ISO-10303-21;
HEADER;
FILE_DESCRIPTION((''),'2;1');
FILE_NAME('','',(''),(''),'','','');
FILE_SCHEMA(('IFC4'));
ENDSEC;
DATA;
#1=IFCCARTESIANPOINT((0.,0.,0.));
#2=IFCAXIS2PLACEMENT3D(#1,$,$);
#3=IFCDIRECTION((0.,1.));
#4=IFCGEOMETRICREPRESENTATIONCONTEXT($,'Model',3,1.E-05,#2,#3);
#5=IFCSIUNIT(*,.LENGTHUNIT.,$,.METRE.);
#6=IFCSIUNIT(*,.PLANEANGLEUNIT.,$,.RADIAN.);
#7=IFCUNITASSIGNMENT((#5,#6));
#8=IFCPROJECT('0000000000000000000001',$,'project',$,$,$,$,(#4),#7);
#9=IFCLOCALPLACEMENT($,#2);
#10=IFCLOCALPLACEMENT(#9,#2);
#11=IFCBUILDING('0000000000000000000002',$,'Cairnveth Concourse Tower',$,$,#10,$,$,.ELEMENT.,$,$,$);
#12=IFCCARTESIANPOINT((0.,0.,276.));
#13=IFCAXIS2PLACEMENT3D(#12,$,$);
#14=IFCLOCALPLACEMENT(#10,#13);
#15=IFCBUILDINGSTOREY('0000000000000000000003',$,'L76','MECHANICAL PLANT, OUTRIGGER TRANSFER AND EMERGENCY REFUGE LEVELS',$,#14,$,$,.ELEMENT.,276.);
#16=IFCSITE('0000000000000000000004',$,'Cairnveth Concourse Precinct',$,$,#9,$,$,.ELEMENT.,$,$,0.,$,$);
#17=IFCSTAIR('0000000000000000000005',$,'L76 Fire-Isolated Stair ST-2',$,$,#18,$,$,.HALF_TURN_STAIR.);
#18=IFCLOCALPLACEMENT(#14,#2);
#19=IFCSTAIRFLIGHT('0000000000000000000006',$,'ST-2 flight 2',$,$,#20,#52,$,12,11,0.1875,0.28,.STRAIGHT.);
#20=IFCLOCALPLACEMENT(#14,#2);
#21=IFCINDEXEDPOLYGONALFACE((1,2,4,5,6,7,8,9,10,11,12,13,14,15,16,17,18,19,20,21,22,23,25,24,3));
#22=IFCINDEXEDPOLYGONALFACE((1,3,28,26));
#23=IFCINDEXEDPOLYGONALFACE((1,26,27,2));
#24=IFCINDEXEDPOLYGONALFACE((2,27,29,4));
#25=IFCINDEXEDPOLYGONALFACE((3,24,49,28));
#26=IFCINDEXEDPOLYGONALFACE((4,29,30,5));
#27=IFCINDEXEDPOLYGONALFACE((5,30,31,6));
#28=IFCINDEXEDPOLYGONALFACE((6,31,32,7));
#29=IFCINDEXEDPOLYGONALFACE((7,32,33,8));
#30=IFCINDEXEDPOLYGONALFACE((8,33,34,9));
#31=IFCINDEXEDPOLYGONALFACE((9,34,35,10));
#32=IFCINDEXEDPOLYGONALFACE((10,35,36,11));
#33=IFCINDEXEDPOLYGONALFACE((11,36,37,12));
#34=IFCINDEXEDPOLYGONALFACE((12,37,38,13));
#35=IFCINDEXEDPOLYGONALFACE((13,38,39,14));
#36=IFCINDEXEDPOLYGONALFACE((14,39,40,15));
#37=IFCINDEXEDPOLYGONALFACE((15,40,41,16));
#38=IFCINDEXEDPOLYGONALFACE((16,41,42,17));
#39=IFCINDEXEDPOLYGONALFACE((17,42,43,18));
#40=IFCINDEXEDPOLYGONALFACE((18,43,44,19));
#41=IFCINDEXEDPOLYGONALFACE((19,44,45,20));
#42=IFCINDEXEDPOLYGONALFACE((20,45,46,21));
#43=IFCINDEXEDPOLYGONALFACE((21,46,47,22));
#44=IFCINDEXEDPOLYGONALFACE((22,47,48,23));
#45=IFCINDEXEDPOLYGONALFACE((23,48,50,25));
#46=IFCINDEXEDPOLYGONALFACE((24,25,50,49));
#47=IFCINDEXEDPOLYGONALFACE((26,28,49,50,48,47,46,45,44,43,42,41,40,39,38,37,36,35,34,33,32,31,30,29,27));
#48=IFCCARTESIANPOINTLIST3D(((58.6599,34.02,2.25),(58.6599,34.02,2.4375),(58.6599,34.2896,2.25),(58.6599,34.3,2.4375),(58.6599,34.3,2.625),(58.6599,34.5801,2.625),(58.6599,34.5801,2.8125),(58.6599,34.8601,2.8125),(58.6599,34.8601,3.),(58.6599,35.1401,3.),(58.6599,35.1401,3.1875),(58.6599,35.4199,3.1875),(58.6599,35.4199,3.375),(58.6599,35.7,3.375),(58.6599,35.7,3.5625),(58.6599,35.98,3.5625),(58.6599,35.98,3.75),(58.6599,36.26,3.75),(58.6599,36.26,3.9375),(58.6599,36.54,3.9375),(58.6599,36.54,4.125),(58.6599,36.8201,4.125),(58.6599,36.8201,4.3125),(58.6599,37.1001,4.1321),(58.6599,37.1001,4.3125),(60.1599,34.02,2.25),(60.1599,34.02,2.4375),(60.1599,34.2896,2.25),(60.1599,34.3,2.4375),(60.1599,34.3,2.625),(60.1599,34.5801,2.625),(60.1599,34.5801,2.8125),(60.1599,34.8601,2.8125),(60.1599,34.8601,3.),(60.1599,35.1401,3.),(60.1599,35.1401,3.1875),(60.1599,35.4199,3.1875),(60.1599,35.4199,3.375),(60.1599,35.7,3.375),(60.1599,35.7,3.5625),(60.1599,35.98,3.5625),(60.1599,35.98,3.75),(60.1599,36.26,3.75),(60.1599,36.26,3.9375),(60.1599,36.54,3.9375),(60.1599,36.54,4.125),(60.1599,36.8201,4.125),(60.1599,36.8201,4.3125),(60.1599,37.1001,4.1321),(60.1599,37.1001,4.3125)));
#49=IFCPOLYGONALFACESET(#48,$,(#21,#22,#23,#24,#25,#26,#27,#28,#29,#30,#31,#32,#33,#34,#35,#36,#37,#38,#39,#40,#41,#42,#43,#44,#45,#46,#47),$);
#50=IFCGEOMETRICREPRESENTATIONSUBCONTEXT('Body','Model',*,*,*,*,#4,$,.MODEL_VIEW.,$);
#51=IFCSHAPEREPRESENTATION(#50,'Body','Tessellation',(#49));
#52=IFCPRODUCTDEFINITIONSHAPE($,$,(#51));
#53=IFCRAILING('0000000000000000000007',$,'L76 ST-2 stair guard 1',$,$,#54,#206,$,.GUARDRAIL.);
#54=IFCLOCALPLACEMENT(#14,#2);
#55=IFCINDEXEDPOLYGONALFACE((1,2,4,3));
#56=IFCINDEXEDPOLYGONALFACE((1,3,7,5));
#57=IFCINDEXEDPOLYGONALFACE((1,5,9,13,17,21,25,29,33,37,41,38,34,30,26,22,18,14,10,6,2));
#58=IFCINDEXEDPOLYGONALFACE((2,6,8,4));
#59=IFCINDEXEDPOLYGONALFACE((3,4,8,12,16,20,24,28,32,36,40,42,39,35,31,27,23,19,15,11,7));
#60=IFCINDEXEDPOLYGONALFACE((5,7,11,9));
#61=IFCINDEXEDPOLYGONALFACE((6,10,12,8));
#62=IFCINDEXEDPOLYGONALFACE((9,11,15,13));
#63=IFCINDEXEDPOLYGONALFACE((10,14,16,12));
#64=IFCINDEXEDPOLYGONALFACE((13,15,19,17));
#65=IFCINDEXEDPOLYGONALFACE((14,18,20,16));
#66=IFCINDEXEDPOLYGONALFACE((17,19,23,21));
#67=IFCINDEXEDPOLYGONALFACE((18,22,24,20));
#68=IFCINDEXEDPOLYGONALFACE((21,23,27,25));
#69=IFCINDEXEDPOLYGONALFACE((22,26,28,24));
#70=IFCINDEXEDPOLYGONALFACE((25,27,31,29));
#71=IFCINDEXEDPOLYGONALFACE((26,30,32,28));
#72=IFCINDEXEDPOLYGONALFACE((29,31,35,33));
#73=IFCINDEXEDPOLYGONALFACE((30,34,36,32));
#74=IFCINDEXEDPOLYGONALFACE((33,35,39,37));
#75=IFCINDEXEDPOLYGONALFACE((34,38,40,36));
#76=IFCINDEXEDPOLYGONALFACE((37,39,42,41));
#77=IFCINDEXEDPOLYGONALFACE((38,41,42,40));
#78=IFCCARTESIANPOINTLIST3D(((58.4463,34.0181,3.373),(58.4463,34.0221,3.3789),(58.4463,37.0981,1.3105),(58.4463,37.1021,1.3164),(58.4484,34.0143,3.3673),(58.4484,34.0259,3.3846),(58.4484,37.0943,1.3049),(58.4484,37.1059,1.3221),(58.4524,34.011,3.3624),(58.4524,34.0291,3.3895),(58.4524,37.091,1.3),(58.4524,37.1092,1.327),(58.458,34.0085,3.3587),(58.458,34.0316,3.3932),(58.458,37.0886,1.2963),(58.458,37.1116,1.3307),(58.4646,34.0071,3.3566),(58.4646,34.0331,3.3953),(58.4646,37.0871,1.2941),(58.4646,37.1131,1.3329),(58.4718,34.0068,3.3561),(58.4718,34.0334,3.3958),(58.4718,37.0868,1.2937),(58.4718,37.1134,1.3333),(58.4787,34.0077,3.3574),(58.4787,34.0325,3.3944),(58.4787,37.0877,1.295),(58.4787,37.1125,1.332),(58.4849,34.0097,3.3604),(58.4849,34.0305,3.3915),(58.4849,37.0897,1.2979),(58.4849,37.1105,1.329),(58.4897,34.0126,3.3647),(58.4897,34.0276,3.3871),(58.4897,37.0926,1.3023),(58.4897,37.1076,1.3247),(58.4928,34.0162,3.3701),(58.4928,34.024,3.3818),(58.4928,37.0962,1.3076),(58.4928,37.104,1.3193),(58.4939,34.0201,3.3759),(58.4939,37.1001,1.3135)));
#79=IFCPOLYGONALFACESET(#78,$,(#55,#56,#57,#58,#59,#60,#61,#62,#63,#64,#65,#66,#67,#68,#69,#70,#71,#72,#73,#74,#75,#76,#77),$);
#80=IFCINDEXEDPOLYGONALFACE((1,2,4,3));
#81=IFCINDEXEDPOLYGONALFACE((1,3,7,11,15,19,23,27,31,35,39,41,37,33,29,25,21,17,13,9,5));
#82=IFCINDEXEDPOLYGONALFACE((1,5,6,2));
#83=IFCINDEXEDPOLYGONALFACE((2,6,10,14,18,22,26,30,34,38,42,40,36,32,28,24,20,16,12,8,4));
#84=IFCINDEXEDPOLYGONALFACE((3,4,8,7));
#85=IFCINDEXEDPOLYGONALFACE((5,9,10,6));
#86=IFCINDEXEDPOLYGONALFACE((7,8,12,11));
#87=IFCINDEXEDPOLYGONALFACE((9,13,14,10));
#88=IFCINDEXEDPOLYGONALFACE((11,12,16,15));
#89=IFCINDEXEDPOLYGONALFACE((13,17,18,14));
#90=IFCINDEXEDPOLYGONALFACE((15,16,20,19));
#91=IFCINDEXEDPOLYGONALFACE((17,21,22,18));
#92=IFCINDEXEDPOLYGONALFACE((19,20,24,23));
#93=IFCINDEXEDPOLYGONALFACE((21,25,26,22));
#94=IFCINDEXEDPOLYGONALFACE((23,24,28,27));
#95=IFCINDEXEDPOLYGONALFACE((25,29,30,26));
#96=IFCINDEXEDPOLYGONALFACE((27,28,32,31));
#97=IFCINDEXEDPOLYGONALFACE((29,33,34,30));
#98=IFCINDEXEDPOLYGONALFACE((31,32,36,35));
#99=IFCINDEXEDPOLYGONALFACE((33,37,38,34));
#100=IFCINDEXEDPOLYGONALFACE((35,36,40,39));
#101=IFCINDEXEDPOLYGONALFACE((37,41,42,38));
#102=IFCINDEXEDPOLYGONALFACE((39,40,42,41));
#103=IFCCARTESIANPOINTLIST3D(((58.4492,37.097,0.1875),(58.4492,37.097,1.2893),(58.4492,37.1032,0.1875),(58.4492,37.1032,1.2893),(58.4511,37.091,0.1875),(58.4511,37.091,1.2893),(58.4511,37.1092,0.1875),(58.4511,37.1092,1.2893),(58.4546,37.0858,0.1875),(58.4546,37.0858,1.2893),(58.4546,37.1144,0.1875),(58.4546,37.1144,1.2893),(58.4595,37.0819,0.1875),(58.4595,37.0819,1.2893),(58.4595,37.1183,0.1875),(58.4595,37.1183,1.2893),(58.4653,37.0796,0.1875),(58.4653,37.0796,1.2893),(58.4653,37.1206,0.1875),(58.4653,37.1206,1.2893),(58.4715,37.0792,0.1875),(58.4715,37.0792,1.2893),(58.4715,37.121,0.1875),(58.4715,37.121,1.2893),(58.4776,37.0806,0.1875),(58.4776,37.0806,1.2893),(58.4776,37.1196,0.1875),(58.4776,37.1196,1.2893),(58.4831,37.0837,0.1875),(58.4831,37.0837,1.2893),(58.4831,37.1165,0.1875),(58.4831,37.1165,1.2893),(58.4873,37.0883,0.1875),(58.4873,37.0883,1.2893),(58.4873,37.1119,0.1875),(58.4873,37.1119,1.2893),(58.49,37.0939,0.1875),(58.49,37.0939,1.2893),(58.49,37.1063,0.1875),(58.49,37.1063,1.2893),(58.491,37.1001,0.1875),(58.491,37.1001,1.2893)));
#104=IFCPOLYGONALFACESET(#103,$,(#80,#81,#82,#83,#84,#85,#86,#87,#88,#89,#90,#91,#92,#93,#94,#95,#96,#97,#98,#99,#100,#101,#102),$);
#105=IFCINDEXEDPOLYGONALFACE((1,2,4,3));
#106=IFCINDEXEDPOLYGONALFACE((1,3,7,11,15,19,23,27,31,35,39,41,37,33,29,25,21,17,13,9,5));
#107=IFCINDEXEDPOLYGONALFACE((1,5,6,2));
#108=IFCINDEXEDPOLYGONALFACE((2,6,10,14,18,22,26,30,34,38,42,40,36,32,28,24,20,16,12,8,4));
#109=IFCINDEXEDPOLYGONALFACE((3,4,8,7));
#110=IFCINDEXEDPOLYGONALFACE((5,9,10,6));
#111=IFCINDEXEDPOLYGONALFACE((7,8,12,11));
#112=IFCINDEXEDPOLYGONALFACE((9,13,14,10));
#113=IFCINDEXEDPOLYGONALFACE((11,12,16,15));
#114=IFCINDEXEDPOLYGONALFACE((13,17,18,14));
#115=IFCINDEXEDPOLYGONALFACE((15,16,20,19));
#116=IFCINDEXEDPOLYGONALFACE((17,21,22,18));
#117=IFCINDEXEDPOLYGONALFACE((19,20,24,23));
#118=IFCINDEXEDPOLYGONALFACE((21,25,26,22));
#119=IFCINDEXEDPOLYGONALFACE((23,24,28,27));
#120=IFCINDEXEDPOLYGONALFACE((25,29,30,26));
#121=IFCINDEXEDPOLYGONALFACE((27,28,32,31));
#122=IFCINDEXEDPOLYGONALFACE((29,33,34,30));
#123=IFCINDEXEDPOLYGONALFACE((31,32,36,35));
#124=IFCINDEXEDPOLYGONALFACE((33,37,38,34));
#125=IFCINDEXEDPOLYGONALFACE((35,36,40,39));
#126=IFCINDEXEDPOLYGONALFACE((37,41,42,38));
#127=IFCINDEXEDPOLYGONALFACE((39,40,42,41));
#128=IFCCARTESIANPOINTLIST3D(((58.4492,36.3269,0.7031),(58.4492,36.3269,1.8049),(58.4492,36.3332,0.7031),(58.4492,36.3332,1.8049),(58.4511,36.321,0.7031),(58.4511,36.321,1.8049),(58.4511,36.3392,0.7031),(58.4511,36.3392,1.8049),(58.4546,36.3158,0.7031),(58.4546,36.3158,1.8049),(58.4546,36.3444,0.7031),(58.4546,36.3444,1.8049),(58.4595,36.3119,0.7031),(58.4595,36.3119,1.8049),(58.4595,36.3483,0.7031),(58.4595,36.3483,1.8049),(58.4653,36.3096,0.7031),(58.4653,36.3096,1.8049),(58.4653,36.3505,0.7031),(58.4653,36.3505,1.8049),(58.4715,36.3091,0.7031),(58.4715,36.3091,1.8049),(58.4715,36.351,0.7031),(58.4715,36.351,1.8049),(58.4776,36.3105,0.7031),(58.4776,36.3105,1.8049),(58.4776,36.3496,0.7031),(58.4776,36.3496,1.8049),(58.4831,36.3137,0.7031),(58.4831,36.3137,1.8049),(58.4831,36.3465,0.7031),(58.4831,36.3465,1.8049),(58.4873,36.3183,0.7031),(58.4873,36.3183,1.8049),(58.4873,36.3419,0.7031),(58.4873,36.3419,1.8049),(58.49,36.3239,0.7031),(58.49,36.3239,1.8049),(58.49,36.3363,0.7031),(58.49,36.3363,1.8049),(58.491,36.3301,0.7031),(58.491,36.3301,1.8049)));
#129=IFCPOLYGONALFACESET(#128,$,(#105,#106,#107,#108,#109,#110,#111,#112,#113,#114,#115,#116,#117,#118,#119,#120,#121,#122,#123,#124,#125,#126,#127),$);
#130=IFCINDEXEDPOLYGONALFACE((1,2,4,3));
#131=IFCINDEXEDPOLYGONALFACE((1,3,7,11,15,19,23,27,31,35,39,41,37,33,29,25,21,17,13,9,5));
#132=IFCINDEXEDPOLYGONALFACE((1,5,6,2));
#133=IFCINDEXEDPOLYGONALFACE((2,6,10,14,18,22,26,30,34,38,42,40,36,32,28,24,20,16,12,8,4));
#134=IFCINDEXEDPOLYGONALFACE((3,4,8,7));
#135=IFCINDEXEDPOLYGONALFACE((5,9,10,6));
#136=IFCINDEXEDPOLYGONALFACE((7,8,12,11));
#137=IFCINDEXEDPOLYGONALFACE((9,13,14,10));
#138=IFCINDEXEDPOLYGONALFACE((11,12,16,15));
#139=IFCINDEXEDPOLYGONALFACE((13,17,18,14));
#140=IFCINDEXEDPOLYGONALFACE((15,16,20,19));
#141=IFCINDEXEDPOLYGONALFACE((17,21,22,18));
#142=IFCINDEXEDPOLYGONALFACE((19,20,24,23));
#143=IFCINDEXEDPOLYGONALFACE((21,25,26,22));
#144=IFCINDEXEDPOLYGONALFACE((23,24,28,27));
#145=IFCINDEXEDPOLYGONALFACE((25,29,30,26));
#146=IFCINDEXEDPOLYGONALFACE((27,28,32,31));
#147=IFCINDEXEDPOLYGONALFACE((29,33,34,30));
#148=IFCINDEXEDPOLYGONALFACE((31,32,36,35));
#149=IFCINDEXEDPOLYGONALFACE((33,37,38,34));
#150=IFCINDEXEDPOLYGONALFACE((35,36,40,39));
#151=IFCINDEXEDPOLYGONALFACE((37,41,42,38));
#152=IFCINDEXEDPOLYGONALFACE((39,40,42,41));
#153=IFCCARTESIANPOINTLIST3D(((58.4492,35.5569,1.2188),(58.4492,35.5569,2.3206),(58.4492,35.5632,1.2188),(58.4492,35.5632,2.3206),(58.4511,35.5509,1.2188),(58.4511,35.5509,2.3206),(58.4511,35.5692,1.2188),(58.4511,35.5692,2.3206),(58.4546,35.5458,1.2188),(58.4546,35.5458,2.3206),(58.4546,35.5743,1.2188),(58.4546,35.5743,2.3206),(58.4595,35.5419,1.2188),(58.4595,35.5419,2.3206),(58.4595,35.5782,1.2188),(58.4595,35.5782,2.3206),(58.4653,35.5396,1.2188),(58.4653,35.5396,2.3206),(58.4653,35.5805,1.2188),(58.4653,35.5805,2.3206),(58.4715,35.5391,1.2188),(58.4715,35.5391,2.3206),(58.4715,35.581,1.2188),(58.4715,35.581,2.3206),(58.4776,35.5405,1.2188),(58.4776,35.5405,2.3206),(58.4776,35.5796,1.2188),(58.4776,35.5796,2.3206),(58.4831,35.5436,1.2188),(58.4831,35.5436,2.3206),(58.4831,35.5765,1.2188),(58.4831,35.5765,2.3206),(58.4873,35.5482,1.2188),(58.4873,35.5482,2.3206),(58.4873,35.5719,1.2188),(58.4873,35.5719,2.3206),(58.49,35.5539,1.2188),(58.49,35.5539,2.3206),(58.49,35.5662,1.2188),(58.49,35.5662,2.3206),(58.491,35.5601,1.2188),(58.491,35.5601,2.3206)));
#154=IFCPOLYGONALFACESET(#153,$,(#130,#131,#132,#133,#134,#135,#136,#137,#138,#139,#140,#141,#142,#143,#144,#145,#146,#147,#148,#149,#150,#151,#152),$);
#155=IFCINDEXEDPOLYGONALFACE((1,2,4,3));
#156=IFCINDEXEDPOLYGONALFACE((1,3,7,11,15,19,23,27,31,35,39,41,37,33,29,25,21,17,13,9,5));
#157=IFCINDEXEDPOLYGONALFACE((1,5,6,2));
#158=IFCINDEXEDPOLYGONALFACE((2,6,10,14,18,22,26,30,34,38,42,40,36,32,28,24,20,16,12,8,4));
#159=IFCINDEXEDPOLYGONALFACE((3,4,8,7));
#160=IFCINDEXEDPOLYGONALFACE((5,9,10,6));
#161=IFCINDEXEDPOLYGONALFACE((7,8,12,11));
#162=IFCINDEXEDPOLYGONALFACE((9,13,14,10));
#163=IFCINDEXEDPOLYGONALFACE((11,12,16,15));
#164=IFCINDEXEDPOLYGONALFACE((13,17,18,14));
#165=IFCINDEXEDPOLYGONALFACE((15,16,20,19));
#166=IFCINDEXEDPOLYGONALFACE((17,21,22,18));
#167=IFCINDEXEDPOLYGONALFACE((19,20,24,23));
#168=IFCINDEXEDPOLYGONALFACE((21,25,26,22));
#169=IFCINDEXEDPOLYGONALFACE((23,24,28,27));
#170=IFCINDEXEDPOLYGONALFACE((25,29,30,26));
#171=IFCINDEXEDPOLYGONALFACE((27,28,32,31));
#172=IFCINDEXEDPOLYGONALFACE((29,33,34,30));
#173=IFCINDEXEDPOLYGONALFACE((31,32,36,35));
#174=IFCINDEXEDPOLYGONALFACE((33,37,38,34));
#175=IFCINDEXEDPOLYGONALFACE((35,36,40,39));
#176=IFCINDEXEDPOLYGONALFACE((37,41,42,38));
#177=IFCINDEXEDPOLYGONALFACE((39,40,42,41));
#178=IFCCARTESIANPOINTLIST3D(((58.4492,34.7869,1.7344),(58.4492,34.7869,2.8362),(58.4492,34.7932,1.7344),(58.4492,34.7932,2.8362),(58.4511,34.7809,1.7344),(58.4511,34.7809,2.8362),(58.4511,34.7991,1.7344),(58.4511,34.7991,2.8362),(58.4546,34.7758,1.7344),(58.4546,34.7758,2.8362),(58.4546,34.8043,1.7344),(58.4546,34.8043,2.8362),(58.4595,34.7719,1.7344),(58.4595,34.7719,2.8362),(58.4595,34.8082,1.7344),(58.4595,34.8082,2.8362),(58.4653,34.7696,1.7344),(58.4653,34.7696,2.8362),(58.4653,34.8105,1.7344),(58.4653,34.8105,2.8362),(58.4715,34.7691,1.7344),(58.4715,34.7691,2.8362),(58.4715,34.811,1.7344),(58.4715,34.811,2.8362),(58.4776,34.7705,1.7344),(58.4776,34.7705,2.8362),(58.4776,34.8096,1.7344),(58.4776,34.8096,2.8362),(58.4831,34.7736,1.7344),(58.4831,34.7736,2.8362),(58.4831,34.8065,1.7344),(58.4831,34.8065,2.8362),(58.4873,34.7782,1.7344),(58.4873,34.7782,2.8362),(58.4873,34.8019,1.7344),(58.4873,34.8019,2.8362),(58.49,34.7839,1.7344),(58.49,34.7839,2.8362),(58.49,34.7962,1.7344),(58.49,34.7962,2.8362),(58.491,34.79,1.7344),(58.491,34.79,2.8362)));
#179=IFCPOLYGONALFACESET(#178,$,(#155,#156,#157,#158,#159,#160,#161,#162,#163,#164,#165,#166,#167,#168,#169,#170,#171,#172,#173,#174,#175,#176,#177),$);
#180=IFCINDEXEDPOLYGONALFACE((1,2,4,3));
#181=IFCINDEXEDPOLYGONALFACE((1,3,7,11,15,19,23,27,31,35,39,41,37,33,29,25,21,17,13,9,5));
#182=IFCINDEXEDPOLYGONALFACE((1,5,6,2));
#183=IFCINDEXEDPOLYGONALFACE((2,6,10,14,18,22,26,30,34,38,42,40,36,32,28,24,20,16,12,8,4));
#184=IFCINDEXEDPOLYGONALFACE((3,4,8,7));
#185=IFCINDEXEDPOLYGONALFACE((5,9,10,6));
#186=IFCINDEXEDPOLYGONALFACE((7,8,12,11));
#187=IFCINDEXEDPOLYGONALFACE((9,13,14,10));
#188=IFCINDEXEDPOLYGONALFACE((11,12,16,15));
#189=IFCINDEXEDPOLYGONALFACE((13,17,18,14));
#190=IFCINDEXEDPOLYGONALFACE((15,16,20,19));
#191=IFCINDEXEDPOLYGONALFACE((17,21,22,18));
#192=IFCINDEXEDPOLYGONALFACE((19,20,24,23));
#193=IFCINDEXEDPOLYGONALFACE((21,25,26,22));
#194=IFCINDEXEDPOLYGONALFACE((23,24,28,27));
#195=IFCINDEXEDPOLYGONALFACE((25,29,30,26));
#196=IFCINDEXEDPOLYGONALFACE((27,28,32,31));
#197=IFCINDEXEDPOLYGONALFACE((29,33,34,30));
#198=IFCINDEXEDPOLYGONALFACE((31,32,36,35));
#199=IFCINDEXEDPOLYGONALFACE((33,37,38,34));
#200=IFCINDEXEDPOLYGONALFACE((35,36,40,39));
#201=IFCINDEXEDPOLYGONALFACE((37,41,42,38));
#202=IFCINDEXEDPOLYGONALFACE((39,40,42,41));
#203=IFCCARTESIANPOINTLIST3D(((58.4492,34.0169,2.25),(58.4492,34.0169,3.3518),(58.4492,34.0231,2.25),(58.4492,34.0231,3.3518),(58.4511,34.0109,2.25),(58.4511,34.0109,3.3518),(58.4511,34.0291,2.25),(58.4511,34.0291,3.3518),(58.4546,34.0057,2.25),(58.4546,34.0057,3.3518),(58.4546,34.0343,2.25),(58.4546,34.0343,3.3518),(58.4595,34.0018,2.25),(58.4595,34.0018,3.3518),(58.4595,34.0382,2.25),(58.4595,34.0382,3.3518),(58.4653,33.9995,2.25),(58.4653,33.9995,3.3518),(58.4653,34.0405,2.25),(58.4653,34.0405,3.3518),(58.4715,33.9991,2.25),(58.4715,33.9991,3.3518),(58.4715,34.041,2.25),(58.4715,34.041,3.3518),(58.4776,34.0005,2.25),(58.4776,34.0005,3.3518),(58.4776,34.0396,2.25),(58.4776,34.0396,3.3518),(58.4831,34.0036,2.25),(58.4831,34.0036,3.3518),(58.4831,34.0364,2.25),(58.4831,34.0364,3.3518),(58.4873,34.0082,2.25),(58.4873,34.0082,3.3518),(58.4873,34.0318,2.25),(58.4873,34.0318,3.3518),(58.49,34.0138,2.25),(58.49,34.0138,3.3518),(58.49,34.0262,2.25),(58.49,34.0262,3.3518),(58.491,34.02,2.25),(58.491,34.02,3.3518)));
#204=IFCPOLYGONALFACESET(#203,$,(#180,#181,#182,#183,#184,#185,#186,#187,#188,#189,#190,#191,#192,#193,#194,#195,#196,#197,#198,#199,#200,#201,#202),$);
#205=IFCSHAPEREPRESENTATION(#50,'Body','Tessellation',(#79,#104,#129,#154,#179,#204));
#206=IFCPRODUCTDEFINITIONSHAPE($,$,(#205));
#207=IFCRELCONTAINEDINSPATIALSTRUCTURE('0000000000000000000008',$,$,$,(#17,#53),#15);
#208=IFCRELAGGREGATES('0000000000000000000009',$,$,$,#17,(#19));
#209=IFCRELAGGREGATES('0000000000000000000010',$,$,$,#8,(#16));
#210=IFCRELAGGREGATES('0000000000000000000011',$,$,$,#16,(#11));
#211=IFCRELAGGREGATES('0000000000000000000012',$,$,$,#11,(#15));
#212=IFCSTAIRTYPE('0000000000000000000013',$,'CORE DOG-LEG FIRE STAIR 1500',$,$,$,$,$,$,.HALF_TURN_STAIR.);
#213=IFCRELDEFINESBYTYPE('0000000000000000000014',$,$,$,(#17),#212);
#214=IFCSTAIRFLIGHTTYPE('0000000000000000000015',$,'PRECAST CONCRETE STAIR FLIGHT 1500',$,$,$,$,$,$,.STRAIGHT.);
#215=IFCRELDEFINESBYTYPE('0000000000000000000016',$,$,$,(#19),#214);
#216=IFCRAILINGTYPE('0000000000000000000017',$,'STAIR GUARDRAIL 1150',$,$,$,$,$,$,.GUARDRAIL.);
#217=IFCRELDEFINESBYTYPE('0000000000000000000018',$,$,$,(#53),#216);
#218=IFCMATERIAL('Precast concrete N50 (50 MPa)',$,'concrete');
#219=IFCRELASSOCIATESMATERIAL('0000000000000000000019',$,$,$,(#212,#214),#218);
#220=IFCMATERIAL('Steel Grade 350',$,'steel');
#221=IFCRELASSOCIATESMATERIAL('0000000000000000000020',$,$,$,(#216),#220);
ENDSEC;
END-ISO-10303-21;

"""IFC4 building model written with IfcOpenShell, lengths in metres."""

from ifc_helpers import new_model, si_unit, direction, frame, origin, origin_2d, place, context, subcontext, project, spatial, polyline, circle, outline, extrude, material, type_object, element, aggregate, save


model = new_model("IFC4")

# Units and contexts
model_context = context("Model", 3, precision=1e-05, world=origin(), true_north=direction((0.0, 1.0)))
body_context = subcontext(model_context, "Body", "Model", "MODEL_VIEW")
ifc_project = project(units=[si_unit("LENGTHUNIT", "METRE"), si_unit("PLANEANGLEUNIT", "RADIAN")], contexts=[model_context])

# Site, building, storey
site_placement = place(None, origin())
site = spatial("IfcSite", under=ifc_project, at=site_placement, Name="Cairnveth Concourse Precinct", CompositionType="ELEMENT", RefElevation=0.0)
building_placement = place(site_placement, origin())
building = spatial("IfcBuilding", under=site, at=building_placement, Name="Cairnveth Concourse Tower", CompositionType="ELEMENT")
storey_placement = place(building_placement, frame((0.0, 0.0, 276.0)))
storey = spatial("IfcBuildingStorey", under=building, at=storey_placement, Name="L76", Description="MECHANICAL PLANT, OUTRIGGER TRANSFER AND EMERGENCY REFUGE LEVELS", CompositionType="ELEMENT", Elevation=276.0)

# Shared definitions
ifc_material_1 = material(Name="Steel Grade 350", Category="steel")

# Stair, stair flight
ifc_material_2 = material(Name="Precast concrete N50 (50 MPa)", Category="concrete")
stair_type = type_object("IfcStairType", Name="CORE DOG-LEG FIRE STAIR 1500", PredefinedType="HALF_TURN_STAIR", material=ifc_material_2)
stair_placement = place(storey_placement, origin())
stair = element("IfcStair", 1, at=stair_placement, inside=storey, type_object=stair_type, Name="L76 Fire-Isolated Stair ST-2", PredefinedType="HALF_TURN_STAIR")
stair_flight_type = type_object("IfcStairFlightType", Name="PRECAST CONCRETE STAIR FLIGHT 1500", PredefinedType="STRAIGHT", material=ifc_material_2)
stair_flight_1_placement = place(storey_placement, frame((59.4099, 34.02, 2.25), z_axis=(0.0, 0.0, 1.0), x_axis=(0.0, 1.0, 0.0)))
stair_flight_1 = element("IfcStairFlight", 2, at=stair_flight_1_placement, type_object=stair_flight_type, Name="ST-2 flight 2", NumberOfRisers=12, NumberOfTreads=11, PredefinedType="STRAIGHT", RiserHeight=0.1875, TreadLength=0.28, context=body_context, shape_type="SweptSolid", body=[
    extrude(outline(polyline([(0.0, 0.0), (0.0, 0.1875), (0.28, 0.1875), (0.28, 0.375), (0.5601, 0.375), (0.5601, 0.5625), (0.8401, 0.5625), (0.8401, 0.75), (1.1201, 0.75), (1.1201, 0.9375), (1.3999, 0.9375), (1.3999, 1.125), (1.6799, 1.125), (1.6799, 1.3125), (1.96, 1.3125), (1.96, 1.5), (2.24, 1.5), (2.24, 1.6875), (2.52, 1.6875), (2.52, 1.875), (2.8, 1.875), (2.8, 2.0625), (3.0801, 2.0625), (3.0801, 2.25), (3.0801, 1.8821), (0.2695, 0.0), (0.0, 0.0)])), frame((0.0, 0.75, 0.0), z_axis=(0.0, -1.0, 0.0), x_axis=(1.0, 0.0, 0.0)), (0.0, 0.0, 1.0), 1.5),
])
aggregate(stair, [stair_flight_1])

# Railing
railing_type_1 = type_object("IfcRailingType", Name="STAIR GUARDRAIL 1150", PredefinedType="GUARDRAIL", material=ifc_material_1)
railing_1_placement = place(storey_placement, frame((58.47, 37.1001, 0.1875)))
element("IfcRailing", 3, at=railing_1_placement, inside=storey, type_object=railing_type_1, Name="L76 ST-2 stair guard 1", PredefinedType="GUARDRAIL", context=body_context, shape_type="SweptSolid", body=[
    extrude(circle(Radius=0.0239, at=origin_2d()), frame((0.0, 0.0, 1.126), z_axis=(0.0, -0.830914, 0.556401), x_axis=(1.0, 0.0, 0.0)), (0.0, 0.0, 1.0), 3.7068),
    extrude(circle(Radius=0.021, at=origin_2d()), origin(), (0.0, 0.0, 1.0), 1.1018),
    extrude(circle(Radius=0.021, at=origin_2d()), frame((0.0, -0.77, 0.5156)), (0.0, 0.0, 1.0), 1.1018),
    extrude(circle(Radius=0.021, at=origin_2d()), frame((0.0, -1.54, 1.0312)), (0.0, 0.0, 1.0), 1.1018),
    extrude(circle(Radius=0.021, at=origin_2d()), frame((0.0, -2.3101, 1.5469)), (0.0, 0.0, 1.0), 1.1018),
    extrude(circle(Radius=0.021, at=origin_2d()), frame((0.0, -3.0801, 2.0625)), (0.0, 0.0, 1.0), 1.1018),
])

save(model, "model.ifc")
